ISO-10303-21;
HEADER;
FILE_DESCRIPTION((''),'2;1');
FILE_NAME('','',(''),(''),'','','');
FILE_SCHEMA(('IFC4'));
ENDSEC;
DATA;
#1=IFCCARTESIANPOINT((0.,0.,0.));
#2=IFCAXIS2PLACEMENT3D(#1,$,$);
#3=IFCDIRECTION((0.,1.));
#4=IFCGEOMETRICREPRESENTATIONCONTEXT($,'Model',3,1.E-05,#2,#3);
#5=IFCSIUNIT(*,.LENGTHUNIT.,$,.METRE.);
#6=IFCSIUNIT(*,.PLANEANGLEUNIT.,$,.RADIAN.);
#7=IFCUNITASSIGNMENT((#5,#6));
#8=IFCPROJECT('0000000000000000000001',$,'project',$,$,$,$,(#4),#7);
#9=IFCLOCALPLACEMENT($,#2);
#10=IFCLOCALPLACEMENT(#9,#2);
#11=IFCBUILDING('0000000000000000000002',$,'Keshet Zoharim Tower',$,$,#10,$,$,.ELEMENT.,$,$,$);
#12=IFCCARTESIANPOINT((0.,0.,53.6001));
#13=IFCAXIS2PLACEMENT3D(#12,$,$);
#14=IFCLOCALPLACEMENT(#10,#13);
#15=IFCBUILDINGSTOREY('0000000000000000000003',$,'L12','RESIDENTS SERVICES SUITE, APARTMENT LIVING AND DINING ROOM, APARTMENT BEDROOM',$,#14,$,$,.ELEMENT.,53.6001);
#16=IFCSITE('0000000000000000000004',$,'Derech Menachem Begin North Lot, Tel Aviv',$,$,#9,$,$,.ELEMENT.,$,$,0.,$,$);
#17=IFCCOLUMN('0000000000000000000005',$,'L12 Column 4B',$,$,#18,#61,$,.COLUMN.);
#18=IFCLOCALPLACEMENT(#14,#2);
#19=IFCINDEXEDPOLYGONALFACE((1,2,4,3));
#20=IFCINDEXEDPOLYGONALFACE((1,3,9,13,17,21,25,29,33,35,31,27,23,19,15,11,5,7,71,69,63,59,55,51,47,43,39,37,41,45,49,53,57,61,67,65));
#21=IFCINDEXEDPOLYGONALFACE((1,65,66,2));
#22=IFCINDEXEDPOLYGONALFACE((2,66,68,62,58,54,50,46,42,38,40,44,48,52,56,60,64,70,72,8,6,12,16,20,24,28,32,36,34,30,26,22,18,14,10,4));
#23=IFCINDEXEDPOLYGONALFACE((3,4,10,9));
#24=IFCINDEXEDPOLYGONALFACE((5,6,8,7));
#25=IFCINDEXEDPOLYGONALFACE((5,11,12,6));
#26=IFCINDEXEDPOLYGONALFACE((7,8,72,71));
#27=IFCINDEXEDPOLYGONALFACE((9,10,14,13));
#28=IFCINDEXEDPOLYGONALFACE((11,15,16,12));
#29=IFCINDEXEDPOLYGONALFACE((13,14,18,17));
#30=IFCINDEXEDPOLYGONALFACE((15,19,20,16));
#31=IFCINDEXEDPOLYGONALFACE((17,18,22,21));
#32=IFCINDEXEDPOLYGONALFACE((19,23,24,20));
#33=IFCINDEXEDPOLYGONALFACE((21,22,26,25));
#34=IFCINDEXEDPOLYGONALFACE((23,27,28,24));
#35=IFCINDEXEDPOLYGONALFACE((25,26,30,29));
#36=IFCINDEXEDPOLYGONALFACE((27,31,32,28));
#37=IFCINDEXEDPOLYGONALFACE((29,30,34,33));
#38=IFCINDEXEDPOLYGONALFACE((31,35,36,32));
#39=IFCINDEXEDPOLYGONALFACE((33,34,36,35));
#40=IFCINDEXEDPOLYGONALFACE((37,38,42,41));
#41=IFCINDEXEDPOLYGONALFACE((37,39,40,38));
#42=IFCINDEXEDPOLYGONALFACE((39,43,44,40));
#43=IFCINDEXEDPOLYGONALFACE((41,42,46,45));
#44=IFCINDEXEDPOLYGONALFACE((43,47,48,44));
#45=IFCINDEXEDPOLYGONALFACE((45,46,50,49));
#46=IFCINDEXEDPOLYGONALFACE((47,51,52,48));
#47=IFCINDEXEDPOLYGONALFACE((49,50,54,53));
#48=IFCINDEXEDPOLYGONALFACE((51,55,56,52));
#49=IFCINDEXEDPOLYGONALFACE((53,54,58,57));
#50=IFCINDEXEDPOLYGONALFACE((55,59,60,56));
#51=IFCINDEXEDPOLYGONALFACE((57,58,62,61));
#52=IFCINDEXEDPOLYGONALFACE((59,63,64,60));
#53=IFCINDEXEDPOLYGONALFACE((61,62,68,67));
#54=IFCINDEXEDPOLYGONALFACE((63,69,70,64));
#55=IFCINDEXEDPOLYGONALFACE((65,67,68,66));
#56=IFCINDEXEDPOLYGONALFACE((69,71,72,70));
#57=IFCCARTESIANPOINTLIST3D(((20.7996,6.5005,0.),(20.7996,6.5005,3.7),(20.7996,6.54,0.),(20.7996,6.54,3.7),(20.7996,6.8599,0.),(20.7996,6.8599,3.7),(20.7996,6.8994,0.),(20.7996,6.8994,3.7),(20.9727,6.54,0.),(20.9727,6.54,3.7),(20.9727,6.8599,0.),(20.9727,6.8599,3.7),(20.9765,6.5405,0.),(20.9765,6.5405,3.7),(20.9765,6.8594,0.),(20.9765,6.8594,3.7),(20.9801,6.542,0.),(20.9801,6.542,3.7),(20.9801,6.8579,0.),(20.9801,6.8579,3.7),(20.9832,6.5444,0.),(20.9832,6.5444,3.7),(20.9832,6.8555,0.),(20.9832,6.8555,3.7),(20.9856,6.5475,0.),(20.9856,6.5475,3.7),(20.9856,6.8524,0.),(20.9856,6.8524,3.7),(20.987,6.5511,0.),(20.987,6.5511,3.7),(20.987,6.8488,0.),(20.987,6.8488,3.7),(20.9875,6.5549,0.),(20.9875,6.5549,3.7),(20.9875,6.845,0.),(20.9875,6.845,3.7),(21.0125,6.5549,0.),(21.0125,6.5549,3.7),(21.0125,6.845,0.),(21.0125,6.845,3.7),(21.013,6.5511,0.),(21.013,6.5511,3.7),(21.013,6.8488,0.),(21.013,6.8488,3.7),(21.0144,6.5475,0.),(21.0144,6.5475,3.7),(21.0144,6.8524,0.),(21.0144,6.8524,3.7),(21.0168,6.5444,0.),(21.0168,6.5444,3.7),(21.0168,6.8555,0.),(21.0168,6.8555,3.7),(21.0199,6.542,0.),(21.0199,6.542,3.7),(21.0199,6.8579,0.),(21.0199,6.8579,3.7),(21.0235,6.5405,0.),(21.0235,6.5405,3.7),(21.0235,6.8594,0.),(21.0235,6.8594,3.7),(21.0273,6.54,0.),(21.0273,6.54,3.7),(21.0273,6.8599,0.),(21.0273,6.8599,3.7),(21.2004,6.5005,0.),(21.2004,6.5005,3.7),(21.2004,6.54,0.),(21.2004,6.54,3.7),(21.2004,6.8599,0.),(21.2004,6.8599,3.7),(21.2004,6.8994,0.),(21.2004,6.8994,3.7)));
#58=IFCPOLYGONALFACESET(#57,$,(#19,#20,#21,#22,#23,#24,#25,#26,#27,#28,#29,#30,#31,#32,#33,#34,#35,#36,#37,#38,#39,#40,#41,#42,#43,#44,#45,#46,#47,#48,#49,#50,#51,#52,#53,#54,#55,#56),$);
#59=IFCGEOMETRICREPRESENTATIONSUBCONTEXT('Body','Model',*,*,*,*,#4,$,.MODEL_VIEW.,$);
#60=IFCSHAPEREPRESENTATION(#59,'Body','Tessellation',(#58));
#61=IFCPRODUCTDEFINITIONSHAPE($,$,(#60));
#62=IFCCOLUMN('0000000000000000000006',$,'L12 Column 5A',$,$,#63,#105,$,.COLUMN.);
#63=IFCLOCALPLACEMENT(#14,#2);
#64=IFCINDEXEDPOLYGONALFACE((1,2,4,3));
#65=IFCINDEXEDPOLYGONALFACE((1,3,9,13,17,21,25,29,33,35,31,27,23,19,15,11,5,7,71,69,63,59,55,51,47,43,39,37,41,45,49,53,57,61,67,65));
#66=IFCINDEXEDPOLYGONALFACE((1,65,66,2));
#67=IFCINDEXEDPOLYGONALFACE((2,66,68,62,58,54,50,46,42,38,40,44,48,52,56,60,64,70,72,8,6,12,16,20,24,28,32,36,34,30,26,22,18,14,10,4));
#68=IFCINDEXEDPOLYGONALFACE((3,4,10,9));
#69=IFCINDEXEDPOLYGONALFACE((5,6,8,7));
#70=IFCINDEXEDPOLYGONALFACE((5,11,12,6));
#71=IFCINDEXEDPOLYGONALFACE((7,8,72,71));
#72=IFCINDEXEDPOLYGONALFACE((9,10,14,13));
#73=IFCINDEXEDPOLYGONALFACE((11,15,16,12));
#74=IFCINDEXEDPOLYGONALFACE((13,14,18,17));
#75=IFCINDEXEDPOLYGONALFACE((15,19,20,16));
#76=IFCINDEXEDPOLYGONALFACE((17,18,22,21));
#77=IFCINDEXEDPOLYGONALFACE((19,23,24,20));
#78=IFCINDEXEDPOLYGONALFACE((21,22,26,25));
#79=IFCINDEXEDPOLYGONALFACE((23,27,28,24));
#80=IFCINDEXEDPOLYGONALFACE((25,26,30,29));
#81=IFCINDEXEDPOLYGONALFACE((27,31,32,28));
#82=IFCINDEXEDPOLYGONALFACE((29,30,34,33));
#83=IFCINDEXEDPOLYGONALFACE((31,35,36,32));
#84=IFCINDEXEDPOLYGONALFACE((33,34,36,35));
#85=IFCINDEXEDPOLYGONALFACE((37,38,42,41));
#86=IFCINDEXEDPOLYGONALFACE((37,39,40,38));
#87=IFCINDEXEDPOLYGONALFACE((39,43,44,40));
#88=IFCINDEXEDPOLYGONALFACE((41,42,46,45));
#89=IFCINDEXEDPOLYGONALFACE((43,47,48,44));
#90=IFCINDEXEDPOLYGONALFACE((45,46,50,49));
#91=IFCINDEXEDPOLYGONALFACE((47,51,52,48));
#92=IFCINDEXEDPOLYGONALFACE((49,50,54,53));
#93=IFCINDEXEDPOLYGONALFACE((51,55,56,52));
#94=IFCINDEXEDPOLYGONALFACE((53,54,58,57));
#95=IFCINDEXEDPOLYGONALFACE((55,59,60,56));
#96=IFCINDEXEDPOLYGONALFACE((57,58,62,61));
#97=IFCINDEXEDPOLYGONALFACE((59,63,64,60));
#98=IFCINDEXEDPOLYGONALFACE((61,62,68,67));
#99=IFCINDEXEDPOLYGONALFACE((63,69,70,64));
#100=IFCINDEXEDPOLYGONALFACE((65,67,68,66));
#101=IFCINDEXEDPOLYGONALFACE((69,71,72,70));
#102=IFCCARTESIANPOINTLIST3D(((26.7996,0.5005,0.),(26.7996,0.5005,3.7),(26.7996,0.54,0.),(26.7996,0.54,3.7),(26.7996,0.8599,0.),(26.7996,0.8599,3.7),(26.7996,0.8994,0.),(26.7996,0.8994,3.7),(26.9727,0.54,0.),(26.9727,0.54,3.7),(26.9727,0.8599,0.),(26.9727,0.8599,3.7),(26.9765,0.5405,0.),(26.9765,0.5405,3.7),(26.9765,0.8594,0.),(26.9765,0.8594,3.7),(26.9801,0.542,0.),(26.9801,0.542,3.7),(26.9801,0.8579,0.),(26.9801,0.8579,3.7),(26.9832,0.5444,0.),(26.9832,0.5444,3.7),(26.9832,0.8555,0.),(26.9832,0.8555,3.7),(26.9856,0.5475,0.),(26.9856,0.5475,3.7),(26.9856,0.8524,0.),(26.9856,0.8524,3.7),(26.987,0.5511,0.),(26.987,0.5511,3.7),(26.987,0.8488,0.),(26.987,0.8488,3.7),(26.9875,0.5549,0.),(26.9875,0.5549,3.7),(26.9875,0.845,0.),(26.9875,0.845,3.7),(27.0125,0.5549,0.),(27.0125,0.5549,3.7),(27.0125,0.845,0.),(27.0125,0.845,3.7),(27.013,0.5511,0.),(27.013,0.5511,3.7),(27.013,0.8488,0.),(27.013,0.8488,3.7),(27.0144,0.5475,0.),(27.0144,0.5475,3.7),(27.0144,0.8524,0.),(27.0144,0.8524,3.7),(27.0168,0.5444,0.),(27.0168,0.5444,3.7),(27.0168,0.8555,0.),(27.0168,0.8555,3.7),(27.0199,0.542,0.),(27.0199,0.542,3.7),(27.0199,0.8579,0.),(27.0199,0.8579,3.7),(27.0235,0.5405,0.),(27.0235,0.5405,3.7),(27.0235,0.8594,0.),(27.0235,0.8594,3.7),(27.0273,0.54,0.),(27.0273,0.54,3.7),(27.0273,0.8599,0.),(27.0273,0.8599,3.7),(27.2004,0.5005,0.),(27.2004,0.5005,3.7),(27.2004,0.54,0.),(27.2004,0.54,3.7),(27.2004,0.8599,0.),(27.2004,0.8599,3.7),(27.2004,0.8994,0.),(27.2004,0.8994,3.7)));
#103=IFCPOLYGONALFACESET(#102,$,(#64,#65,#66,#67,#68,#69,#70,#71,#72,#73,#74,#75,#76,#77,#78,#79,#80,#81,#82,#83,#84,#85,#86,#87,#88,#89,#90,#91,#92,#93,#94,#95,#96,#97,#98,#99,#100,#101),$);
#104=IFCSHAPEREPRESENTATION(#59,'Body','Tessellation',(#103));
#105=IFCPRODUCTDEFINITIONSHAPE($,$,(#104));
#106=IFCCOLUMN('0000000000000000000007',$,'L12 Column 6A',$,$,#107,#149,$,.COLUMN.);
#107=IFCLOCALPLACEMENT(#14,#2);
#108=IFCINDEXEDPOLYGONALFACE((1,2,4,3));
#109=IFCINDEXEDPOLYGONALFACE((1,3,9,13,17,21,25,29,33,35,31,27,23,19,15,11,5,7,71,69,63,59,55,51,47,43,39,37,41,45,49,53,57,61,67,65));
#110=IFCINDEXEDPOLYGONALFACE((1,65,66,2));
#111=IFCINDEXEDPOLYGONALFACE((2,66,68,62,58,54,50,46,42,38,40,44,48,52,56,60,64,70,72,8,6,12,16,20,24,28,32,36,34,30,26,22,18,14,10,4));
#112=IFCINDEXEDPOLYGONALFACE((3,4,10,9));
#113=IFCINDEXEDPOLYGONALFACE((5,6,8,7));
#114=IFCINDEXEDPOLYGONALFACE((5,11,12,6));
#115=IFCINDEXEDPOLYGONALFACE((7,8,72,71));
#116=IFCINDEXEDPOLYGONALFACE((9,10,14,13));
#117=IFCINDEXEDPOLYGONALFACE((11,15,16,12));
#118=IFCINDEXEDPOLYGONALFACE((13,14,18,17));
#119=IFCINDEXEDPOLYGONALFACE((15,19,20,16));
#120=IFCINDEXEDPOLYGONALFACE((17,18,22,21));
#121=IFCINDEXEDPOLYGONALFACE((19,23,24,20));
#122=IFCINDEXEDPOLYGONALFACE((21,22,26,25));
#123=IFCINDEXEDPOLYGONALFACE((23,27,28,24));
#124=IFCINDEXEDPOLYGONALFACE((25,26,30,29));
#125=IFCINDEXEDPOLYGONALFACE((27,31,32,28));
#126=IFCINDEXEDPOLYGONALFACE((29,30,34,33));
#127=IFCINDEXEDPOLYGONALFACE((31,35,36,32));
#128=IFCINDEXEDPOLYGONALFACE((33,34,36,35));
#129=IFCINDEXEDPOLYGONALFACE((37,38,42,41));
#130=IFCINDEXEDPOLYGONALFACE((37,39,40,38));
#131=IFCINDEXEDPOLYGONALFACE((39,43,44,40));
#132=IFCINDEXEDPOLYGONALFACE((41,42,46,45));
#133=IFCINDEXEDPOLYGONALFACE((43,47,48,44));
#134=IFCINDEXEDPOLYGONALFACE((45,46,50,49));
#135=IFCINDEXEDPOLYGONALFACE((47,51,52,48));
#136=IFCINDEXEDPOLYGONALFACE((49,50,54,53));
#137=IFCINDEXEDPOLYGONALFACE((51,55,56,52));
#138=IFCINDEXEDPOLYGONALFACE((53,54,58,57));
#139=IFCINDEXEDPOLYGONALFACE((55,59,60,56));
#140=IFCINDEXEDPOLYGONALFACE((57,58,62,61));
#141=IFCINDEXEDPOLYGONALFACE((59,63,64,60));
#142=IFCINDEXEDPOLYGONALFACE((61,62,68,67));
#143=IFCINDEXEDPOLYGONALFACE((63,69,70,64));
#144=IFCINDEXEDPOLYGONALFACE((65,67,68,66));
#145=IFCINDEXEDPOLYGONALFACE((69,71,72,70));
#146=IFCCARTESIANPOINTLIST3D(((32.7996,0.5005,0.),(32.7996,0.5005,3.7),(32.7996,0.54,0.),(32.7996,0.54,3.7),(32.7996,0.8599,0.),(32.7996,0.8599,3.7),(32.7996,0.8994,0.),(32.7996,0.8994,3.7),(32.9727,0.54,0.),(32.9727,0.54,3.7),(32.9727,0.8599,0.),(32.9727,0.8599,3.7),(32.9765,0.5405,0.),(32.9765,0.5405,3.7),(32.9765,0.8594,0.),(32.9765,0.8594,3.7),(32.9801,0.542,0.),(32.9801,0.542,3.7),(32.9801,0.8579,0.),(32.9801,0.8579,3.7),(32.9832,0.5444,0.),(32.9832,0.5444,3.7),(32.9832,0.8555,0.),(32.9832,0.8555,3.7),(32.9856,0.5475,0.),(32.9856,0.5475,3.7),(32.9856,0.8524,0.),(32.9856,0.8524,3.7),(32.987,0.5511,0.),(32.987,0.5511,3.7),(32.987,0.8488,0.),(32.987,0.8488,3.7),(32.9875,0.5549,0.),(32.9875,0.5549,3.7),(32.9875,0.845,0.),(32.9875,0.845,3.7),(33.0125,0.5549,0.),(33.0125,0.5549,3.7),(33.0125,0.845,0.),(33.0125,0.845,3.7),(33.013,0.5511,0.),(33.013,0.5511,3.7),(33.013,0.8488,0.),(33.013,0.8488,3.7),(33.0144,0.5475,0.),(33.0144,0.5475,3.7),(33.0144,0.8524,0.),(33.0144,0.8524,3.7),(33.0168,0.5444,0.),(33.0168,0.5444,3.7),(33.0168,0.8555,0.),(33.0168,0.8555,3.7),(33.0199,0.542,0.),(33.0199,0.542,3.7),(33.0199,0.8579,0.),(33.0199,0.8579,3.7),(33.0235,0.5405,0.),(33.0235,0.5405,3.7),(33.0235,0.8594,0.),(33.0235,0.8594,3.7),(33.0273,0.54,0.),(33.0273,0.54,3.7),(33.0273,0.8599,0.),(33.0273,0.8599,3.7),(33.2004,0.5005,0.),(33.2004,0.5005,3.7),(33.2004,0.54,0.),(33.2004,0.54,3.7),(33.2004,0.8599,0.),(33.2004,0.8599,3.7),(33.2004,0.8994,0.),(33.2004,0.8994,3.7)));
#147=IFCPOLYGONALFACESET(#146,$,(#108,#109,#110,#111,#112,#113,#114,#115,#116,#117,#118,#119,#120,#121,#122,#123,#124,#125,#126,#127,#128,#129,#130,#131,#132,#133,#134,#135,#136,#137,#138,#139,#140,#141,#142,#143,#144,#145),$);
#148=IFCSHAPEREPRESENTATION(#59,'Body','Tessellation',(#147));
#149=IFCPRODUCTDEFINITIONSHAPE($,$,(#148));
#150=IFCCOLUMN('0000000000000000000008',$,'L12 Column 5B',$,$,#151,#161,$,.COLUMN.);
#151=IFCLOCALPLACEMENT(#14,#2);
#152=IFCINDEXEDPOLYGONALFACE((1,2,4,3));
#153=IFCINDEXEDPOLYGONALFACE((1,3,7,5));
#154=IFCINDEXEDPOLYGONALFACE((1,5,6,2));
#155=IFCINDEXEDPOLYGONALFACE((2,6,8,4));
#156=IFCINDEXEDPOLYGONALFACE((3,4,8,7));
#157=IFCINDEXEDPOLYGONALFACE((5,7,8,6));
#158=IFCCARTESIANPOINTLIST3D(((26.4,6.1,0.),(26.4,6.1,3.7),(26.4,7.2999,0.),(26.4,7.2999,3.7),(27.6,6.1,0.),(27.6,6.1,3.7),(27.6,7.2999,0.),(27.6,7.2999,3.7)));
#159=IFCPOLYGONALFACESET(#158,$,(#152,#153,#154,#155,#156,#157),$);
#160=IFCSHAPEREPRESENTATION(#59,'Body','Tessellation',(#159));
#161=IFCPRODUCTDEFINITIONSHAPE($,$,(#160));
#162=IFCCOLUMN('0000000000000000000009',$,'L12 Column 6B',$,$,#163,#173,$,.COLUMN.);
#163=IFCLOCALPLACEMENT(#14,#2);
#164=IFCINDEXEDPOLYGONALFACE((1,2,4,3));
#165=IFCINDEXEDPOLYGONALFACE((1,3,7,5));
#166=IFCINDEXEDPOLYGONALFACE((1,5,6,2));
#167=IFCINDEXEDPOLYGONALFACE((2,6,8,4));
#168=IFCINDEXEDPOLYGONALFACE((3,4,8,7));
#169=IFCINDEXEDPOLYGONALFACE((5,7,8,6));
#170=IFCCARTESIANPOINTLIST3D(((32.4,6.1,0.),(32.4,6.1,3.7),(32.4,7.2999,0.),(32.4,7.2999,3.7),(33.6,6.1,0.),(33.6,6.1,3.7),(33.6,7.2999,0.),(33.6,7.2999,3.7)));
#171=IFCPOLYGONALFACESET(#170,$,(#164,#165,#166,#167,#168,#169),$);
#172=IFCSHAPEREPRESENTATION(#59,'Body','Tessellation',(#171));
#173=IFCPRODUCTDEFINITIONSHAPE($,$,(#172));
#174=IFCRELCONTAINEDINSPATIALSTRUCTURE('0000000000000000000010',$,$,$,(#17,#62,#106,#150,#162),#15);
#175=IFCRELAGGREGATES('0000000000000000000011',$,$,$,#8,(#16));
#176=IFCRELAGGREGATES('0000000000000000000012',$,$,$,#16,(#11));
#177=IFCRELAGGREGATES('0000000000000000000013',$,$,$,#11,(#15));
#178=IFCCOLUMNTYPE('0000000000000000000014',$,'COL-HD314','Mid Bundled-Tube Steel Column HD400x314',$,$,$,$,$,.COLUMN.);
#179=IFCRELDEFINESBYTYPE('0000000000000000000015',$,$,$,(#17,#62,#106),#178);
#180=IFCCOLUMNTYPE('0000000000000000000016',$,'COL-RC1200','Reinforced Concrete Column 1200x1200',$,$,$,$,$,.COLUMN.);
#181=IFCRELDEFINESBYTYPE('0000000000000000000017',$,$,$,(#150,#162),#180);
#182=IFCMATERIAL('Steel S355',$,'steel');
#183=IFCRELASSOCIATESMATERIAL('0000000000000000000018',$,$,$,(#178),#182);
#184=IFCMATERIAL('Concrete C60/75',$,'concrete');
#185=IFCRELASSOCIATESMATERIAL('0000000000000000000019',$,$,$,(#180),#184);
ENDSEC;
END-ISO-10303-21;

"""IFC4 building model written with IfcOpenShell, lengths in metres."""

from ifc_helpers import new_model, si_unit, direction, frame, origin, origin_2d, place, context, subcontext, project, spatial, rectangle, i_section, extrude, material, material_profile, profile_set, type_object, element, save


model = new_model("IFC4")

# Units and contexts
model_context = context("Model", 3, precision=1e-05, world=origin(), true_north=direction((0.0, 1.0)))
body_context = subcontext(model_context, "Body", "Model", "MODEL_VIEW")
ifc_project = project(units=[si_unit("LENGTHUNIT", "METRE"), si_unit("PLANEANGLEUNIT", "RADIAN")], contexts=[model_context])

# Site, building, storey
site_placement = place(None, origin())
site = spatial("IfcSite", under=ifc_project, at=site_placement, Name="Derech Menachem Begin North Lot, Tel Aviv", CompositionType="ELEMENT", RefElevation=0.0)
building_placement = place(site_placement, origin())
building = spatial("IfcBuilding", under=site, at=building_placement, Name="Keshet Zoharim Tower", CompositionType="ELEMENT")
storey_placement = place(building_placement, frame((0.0, 0.0, 53.6001)))
storey = spatial("IfcBuildingStorey", under=building, at=storey_placement, Name="L12", Description="RESIDENTS SERVICES SUITE, APARTMENT LIVING AND DINING ROOM, APARTMENT BEDROOM", CompositionType="ELEMENT", Elevation=53.6001)

# Columns
ifc_material_1 = material(Name="Steel S355", Category="steel")
ifc_material_profile_1 = material_profile(ifc_material_1, i_section(OverallWidth=0.4009, OverallDepth=0.3989, WebThickness=0.0249, FlangeThickness=0.0396, FilletRadius=0.0149, at=origin_2d()), Name="HD400x314")
ifc_profile_set_1 = profile_set([ifc_material_profile_1], Name="Steel S355")
column_type_1 = type_object("IfcColumnType", Name="COL-HD314", Description="Mid Bundled-Tube Steel Column HD400x314", PredefinedType="COLUMN", material=ifc_profile_set_1)
for number, where, z_axis, x_axis, name in (
    (1, (21.0, 6.7, 0.0), (0.0, 0.0, 1.0), (1.0, 0.0, 0.0), "L12 Column 4B"),
    (2, (27.0, 0.7, 0.0), (0.0, 0.0, 1.0), (1.0, 0.0, 0.0), "L12 Column 5A"),
    (3, (33.0, 0.7, 0.0), (0.0, 0.0, 1.0), (1.0, 0.0, 0.0), "L12 Column 6A"),
):
    element("IfcColumn", number, at=place(storey_placement, frame(where, z_axis=z_axis, x_axis=x_axis)), inside=storey, type_object=column_type_1, Name=name, PredefinedType="COLUMN", context=body_context, shape_type="SweptSolid", body=[
        extrude(i_section(OverallWidth=0.4009, OverallDepth=0.3989, WebThickness=0.0249, FlangeThickness=0.0396, FilletRadius=0.0149, at=origin_2d()), origin(), (0.0, 0.0, 1.0), 3.7),
    ])
ifc_material_2 = material(Name="Concrete C60/75", Category="concrete")
ifc_material_profile_2 = material_profile(ifc_material_2, rectangle(XDim=1.2, YDim=1.2, at=origin_2d()), Name="RC1200x1200")
ifc_profile_set_2 = profile_set([ifc_material_profile_2], Name="Concrete C60/75")
column_type_2 = type_object("IfcColumnType", Name="COL-RC1200", Description="Reinforced Concrete Column 1200x1200", PredefinedType="COLUMN", material=ifc_profile_set_2)
for number, where, z_axis, x_axis, name in (
    (4, (27.0, 6.7, 0.0), (0.0, 0.0, 1.0), (1.0, 0.0, 0.0), "L12 Column 5B"),
    (5, (33.0, 6.7, 0.0), (0.0, 0.0, 1.0), (1.0, 0.0, 0.0), "L12 Column 6B"),
):
    element("IfcColumn", number, at=place(storey_placement, frame(where, z_axis=z_axis, x_axis=x_axis)), inside=storey, type_object=column_type_2, Name=name, PredefinedType="COLUMN", context=body_context, shape_type="SweptSolid", body=[
        extrude(rectangle(XDim=1.2, YDim=1.2, at=origin_2d()), origin(), (0.0, 0.0, 1.0), 3.7),
    ])

save(model, "model.ifc")
